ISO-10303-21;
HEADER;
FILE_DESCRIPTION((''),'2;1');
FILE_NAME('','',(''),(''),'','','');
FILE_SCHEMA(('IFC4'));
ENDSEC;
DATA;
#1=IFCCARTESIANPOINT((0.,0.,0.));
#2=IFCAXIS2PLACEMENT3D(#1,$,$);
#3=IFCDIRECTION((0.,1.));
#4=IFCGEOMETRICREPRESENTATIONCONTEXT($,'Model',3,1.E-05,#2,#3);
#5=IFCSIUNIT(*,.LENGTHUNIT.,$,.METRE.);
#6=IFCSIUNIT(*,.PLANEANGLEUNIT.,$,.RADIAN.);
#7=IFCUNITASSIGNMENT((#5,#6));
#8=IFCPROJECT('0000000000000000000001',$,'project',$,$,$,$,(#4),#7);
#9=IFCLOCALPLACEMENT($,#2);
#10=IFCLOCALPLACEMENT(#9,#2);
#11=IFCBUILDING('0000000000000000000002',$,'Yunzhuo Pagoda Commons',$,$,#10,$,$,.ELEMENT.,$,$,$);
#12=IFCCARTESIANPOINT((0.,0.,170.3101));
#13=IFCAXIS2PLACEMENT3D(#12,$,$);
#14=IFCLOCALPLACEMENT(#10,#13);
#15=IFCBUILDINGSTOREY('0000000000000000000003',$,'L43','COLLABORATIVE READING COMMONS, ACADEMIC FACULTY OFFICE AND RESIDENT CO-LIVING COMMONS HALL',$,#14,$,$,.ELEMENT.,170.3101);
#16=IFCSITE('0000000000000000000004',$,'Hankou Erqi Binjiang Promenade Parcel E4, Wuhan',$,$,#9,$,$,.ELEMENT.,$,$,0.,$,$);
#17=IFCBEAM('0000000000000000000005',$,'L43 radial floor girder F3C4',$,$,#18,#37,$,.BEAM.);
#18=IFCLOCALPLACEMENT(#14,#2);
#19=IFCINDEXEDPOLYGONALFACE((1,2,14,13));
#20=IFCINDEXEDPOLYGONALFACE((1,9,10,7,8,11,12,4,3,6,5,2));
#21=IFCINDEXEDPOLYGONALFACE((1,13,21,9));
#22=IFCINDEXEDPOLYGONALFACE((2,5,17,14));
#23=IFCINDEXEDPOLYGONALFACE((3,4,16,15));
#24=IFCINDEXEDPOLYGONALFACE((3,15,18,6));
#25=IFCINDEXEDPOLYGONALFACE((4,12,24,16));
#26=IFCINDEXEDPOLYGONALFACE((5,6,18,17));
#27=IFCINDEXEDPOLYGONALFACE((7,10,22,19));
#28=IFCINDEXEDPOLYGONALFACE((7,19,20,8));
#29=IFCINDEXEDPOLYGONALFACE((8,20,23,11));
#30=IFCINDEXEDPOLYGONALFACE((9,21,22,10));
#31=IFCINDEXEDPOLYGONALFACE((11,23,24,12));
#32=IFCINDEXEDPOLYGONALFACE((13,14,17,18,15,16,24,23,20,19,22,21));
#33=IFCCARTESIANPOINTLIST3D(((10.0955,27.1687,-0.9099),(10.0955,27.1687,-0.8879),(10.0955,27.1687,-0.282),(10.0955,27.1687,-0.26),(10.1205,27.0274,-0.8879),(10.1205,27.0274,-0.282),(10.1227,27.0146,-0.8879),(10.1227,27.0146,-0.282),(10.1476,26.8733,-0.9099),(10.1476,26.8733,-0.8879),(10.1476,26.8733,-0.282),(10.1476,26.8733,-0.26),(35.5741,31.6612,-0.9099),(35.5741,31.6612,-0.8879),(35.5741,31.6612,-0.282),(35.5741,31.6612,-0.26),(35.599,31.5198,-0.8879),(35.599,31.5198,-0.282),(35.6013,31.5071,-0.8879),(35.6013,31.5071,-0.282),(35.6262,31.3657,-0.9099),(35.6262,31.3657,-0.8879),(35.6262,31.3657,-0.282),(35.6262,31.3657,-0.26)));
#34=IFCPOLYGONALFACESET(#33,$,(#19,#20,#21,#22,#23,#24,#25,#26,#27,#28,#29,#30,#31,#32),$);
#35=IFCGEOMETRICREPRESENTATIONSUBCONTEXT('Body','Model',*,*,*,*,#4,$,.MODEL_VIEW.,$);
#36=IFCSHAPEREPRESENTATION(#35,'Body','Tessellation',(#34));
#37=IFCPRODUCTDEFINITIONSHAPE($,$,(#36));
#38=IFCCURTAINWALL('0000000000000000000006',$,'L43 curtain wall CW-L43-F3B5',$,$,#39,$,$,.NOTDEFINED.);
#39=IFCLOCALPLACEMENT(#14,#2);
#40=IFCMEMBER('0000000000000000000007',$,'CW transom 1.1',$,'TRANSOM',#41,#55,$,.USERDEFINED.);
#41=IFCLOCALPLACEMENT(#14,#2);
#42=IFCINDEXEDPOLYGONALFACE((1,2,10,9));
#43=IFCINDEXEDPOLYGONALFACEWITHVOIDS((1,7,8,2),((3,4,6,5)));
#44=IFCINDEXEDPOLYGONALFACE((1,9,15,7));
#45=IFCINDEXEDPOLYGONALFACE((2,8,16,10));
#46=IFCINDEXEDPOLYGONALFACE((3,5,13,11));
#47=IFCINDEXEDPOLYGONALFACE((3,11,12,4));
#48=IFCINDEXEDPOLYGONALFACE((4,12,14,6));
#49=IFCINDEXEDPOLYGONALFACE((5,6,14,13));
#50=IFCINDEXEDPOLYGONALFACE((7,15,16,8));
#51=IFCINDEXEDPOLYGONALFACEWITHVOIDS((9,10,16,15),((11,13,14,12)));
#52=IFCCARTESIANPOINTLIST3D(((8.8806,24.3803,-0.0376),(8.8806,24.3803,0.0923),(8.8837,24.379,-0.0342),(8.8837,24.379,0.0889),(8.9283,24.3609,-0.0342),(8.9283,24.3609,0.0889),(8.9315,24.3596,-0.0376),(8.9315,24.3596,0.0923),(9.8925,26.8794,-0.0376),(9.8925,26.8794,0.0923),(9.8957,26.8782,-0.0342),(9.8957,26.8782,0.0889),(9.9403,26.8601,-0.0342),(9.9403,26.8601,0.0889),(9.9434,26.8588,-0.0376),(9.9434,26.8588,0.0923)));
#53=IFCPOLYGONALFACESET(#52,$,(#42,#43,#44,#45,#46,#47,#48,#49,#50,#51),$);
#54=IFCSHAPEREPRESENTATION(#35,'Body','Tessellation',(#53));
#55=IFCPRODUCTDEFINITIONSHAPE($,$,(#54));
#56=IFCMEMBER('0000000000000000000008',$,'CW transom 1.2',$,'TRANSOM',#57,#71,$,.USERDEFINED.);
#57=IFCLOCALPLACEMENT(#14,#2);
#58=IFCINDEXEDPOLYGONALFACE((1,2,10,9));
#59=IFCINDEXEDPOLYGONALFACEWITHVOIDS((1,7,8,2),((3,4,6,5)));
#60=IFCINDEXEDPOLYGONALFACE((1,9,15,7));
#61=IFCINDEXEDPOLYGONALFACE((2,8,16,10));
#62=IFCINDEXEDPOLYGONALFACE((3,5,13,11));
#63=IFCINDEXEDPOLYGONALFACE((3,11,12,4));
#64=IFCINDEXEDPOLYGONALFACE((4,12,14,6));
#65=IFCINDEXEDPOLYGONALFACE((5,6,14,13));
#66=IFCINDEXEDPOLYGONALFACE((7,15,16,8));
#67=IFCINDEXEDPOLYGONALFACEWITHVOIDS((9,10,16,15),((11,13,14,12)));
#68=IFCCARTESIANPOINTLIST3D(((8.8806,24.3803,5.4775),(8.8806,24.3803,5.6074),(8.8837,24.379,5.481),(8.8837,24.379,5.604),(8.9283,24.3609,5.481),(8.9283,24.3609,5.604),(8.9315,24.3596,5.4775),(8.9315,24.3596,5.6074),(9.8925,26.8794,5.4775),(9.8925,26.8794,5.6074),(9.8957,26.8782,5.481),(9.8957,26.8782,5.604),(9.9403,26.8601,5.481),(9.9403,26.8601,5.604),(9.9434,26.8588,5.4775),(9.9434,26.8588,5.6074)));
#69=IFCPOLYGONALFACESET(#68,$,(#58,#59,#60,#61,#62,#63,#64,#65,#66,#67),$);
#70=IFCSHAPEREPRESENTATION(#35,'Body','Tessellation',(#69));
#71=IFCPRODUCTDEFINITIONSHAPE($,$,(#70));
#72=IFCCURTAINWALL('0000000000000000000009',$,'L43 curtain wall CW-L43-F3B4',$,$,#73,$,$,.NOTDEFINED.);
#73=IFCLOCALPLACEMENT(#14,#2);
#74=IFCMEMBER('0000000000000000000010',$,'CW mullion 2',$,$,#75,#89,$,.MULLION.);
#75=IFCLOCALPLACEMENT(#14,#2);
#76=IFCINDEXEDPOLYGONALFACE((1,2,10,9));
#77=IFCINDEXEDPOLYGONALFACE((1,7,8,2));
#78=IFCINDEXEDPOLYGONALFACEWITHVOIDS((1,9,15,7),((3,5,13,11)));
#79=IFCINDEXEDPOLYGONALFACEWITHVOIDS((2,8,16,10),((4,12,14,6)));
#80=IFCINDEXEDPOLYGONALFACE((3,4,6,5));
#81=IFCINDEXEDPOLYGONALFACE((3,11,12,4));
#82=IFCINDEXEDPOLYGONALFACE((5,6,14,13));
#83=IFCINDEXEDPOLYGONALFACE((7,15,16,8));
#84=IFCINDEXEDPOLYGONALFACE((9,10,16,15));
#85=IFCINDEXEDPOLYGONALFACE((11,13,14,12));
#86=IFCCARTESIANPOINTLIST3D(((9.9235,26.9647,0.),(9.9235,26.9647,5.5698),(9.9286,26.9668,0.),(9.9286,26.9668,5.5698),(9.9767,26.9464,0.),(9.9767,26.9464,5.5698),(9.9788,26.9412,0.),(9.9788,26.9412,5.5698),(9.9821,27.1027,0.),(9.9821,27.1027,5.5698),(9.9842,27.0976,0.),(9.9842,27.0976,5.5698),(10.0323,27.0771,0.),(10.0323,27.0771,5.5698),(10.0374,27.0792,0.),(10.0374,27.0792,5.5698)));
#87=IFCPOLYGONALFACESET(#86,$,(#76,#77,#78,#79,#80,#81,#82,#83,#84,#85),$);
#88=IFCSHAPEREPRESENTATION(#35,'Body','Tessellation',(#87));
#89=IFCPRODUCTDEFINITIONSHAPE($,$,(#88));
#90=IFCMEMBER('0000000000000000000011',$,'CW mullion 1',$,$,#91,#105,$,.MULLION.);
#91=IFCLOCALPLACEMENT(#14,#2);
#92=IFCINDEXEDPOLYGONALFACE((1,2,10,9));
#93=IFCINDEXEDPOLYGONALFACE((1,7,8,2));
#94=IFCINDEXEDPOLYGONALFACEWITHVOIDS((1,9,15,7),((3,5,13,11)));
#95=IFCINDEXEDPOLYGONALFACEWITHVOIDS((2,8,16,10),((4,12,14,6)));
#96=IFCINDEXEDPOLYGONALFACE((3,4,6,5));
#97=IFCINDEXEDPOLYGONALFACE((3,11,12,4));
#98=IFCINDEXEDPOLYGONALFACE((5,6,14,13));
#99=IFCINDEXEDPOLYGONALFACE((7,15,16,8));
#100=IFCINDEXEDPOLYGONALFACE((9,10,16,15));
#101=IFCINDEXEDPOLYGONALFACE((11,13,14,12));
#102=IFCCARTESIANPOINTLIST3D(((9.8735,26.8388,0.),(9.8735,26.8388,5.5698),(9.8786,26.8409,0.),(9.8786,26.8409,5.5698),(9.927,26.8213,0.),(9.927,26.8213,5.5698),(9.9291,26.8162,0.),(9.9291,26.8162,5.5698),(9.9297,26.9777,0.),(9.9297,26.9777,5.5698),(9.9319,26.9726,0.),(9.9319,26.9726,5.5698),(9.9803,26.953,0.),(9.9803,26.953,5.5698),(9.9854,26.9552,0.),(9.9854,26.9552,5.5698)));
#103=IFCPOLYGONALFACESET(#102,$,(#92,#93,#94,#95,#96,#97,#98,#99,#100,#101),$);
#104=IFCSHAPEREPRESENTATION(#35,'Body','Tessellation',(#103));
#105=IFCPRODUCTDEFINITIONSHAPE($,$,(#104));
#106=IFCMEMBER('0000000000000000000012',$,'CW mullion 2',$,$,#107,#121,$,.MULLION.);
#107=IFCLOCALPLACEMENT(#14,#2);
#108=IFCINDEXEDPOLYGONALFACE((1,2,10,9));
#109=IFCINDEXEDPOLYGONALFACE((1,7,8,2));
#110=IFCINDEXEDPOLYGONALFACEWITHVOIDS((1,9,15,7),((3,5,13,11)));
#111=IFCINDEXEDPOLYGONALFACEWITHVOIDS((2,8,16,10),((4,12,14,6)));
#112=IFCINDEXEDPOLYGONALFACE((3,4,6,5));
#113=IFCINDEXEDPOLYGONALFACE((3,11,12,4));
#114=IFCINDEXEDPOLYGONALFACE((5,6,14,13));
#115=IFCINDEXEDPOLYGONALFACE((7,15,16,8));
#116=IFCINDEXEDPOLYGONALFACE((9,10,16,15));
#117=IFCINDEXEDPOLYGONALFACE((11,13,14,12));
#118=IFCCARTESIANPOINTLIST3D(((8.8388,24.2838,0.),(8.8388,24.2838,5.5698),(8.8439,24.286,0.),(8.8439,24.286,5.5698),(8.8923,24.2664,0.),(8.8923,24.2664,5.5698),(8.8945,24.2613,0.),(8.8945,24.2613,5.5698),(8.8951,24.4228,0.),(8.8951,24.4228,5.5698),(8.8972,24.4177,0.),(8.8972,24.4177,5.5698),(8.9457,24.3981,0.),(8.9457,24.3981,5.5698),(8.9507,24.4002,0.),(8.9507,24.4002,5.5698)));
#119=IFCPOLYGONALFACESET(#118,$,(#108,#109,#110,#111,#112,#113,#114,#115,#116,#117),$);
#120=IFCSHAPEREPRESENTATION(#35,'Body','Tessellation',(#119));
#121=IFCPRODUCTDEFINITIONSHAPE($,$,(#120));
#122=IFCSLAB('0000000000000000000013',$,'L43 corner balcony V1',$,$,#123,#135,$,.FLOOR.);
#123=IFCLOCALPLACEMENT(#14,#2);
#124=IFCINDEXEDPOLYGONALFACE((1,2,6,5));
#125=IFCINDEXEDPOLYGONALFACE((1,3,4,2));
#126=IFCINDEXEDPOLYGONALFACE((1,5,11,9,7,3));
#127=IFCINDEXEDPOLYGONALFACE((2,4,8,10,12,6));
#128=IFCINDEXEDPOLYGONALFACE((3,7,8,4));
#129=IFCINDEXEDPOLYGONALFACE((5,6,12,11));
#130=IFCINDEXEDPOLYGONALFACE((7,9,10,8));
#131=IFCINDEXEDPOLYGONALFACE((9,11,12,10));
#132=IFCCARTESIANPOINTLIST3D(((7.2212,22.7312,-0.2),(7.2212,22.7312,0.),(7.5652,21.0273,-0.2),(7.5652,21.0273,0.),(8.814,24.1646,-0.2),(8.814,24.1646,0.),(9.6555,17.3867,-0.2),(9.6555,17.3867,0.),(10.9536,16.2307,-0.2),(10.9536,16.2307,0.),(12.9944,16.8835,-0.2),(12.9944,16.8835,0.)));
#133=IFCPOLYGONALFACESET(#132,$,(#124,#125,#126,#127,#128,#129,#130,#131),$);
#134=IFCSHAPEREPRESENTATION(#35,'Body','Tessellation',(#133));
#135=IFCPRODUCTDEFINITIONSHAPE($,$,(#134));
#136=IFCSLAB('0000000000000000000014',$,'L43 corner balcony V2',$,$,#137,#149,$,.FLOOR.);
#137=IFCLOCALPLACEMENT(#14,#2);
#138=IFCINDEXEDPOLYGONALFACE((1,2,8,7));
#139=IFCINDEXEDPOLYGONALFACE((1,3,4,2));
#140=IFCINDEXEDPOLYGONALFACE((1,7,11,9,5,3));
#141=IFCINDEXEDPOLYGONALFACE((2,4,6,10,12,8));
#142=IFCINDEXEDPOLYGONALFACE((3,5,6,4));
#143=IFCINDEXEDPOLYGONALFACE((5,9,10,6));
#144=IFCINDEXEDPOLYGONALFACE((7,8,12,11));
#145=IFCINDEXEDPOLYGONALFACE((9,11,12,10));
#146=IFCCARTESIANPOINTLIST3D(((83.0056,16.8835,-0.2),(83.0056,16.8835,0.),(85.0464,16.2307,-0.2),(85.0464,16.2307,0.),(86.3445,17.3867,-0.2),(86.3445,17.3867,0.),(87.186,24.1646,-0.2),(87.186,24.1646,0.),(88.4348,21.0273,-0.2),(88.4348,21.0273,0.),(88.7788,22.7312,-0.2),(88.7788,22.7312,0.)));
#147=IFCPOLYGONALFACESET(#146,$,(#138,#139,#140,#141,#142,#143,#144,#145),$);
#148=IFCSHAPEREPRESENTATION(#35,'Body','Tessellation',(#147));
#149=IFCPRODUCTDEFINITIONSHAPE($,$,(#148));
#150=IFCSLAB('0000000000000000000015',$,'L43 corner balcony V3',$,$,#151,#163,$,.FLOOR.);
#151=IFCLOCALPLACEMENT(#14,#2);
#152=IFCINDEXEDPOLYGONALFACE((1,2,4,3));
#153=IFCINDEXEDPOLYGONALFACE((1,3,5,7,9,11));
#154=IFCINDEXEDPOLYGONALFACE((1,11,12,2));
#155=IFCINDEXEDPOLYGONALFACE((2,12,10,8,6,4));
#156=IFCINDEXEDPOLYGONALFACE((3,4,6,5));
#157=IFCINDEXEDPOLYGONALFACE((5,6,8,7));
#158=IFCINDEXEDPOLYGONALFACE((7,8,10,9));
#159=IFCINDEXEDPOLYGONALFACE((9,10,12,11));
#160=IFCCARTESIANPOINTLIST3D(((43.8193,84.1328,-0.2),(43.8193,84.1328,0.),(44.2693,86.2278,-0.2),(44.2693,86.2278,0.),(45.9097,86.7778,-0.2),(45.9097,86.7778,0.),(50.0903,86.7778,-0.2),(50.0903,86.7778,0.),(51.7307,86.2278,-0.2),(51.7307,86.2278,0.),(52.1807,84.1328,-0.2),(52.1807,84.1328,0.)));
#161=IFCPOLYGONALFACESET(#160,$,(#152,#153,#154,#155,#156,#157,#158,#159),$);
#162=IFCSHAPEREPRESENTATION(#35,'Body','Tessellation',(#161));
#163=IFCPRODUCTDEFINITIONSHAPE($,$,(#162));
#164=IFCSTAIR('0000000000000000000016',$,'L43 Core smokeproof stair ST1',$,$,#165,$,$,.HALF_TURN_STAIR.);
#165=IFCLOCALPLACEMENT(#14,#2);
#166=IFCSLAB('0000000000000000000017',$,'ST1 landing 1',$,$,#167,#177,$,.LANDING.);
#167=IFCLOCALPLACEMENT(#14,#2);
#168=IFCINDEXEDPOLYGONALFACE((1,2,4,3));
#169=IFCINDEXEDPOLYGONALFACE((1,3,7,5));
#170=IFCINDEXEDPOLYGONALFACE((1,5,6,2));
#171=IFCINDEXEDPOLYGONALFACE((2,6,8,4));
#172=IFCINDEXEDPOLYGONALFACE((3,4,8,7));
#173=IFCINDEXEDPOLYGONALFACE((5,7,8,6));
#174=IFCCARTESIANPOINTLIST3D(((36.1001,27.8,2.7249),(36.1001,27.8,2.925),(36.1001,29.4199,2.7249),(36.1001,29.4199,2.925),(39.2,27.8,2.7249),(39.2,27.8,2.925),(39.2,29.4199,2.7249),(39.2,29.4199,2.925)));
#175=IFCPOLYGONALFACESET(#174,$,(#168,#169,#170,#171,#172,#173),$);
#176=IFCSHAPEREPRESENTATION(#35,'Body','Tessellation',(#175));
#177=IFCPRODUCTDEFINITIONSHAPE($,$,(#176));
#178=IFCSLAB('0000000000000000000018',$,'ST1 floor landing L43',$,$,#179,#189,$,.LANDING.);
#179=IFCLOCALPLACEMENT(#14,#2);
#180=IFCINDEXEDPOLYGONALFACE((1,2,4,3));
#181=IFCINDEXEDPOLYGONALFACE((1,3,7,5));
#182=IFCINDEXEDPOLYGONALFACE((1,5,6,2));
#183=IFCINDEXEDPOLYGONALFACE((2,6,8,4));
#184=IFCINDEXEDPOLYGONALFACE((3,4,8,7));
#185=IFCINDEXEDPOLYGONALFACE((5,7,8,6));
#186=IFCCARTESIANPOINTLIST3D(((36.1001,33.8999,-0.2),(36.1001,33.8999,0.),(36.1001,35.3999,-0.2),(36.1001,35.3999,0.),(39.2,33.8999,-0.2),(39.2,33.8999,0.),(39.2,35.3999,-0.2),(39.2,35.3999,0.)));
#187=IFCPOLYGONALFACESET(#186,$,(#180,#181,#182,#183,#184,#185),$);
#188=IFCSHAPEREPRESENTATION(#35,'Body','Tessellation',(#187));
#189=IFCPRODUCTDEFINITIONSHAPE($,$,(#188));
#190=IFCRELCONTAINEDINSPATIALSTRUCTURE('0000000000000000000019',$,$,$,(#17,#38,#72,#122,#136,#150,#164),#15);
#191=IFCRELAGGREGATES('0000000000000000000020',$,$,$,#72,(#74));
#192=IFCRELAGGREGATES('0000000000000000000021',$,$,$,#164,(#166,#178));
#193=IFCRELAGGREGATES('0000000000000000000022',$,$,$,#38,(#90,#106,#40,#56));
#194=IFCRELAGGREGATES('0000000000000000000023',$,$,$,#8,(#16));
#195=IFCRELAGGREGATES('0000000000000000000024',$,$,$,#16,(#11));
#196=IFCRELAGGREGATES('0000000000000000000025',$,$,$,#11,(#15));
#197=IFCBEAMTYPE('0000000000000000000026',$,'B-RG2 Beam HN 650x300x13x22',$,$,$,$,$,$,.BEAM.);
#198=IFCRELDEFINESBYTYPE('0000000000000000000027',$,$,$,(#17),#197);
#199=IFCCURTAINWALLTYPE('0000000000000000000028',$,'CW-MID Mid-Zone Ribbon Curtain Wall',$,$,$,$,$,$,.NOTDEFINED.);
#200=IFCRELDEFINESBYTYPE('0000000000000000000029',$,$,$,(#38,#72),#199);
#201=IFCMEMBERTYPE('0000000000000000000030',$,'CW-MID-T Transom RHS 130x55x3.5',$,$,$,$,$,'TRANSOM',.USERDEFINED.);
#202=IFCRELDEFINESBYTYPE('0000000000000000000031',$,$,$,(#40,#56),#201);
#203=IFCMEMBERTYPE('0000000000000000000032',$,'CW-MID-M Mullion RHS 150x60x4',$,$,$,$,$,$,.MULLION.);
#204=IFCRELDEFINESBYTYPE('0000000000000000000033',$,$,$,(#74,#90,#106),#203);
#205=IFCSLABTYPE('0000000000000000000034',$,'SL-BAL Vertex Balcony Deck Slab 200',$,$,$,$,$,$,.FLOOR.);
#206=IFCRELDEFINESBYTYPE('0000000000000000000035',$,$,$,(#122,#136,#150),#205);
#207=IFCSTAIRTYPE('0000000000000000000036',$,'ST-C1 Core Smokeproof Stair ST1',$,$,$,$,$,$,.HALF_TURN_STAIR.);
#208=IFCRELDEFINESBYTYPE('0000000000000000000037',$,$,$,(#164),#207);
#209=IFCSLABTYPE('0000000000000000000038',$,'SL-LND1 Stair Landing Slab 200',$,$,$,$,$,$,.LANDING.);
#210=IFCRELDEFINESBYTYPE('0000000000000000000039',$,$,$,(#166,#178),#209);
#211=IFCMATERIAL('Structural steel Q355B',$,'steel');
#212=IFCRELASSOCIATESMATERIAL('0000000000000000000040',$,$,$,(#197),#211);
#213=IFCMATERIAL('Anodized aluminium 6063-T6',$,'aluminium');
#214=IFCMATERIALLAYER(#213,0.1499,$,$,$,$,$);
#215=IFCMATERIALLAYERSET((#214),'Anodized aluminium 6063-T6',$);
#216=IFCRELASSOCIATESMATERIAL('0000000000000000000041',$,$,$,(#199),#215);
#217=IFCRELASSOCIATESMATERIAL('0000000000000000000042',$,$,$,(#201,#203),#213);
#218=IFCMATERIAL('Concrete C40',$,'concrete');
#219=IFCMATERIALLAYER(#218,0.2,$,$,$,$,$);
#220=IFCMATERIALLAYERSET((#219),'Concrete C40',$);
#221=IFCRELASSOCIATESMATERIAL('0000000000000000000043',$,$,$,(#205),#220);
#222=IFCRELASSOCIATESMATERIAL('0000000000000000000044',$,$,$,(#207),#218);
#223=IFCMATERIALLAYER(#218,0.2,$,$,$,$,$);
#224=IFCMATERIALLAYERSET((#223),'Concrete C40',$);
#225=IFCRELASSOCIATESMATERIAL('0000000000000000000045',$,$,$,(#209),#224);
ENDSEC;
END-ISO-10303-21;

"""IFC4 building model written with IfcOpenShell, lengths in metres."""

from ifc_helpers import new_model, si_unit, direction, frame, origin, origin_2d, place, context, subcontext, project, spatial, polyline, hollow_rectangle, i_section, outline, extrude, source, transform, mapped, material, layer, layer_set, material_profile, profile_set, type_object, element, aggregate, save


model = new_model("IFC4")

# Units and contexts
model_context = context("Model", 3, precision=1e-05, world=origin(), true_north=direction((0.0, 1.0)))
body_context = subcontext(model_context, "Body", "Model", "MODEL_VIEW")
ifc_project = project(units=[si_unit("LENGTHUNIT", "METRE"), si_unit("PLANEANGLEUNIT", "RADIAN")], contexts=[model_context])

# Site, building, storey
site_placement = place(None, origin())
site = spatial("IfcSite", under=ifc_project, at=site_placement, Name="Hankou Erqi Binjiang Promenade Parcel E4, Wuhan", CompositionType="ELEMENT", RefElevation=0.0)
building_placement = place(site_placement, origin())
building = spatial("IfcBuilding", under=site, at=building_placement, Name="Yunzhuo Pagoda Commons", CompositionType="ELEMENT")
storey_placement = place(building_placement, frame((0.0, 0.0, 170.3101)))
storey = spatial("IfcBuildingStorey", under=building, at=storey_placement, Name="L43", Description="COLLABORATIVE READING COMMONS, ACADEMIC FACULTY OFFICE AND RESIDENT CO-LIVING COMMONS HALL", CompositionType="ELEMENT", Elevation=170.3101)

# Beam
ifc_material_1 = material(Name="Structural steel Q355B", Category="steel")
ifc_material_profile_1 = material_profile(ifc_material_1, i_section(OverallWidth=0.3, OverallDepth=0.6499, WebThickness=0.0129, FlangeThickness=0.022, at=origin_2d()), Name="Structural steel Q355B")
ifc_profile_set_1 = profile_set([ifc_material_profile_1], Name="Structural steel Q355B")
beam_type = type_object("IfcBeamType", Name="B-RG2 Beam HN 650x300x13x22", PredefinedType="BEAM", material=ifc_profile_set_1)
shared_shape_1 = source(origin(), body_context, "Body", "SweptSolid", [
    extrude(i_section(OverallWidth=0.3, OverallDepth=0.6499, WebThickness=0.0129, FlangeThickness=0.022, at=origin_2d()), origin(), (0.0, 0.0, 1.0), 25.8716),
])
beam_placement = place(storey_placement, frame((10.1216, 27.021, -0.585), z_axis=(0.984809, 0.173644, 0.0), x_axis=(-0.173644, 0.984809, 0.0)))
element("IfcBeam", 1, at=beam_placement, inside=storey, type_object=beam_type, Name="L43 radial floor girder F3C4", PredefinedType="BEAM", context=body_context, shape_type="MappedRepresentation", body=[
    mapped(shared_shape_1, transform((0.0, 0.0, 0.0), scale=1.0)),
])

# Curtain wall, members
ifc_material_2 = material(Name="Anodized aluminium 6063-T6", Category="aluminium")
ifc_layer_1 = layer(ifc_material_2, 0.1499)
ifc_layer_set_1 = layer_set([ifc_layer_1], Name="Anodized aluminium 6063-T6")
curtain_wall_type = type_object("IfcCurtainWallType", Name="CW-MID Mid-Zone Ribbon Curtain Wall", PredefinedType="NOTDEFINED", material=ifc_layer_set_1)
curtain_wall_1_placement = place(storey_placement, origin())
curtain_wall_1 = element("IfcCurtainWall", 2, at=curtain_wall_1_placement, inside=storey, type_object=curtain_wall_type, Name="L43 curtain wall CW-L43-F3B5", PredefinedType="NOTDEFINED")
ifc_material_profile_2 = material_profile(ifc_material_2, hollow_rectangle(XDim=0.0549, YDim=0.1299, WallThickness=0.0034, at=origin_2d()), Name="Anodized aluminium 6063-T6")
ifc_profile_set_2 = profile_set([ifc_material_profile_2], Name="Anodized aluminium 6063-T6")
member_type_1 = type_object("IfcMemberType", Name="CW-MID-T Transom RHS 130x55x3.5", ElementType="TRANSOM", PredefinedType="USERDEFINED", material=ifc_profile_set_2)
shared_shape_2 = source(origin(), body_context, "Body", "SweptSolid", [
    extrude(hollow_rectangle(XDim=0.0549, YDim=0.1299, WallThickness=0.0034, at=origin_2d()), origin(), (0.0, 0.0, 1.0), 2.6963),
])
member_1_placement = place(storey_placement, frame((9.918, 26.8691, 0.0273), z_axis=(-0.375306, -0.926901, 0.0), x_axis=(0.926901, -0.375306, 0.0)))
member_1 = element("IfcMember", 3, at=member_1_placement, type_object=member_type_1, Name="CW transom 1.1", ObjectType="TRANSOM", PredefinedType="USERDEFINED", context=body_context, shape_type="MappedRepresentation", body=[
    mapped(shared_shape_2, transform((0.0, 0.0, 0.0), scale=1.0)),
])
member_2_placement = place(storey_placement, frame((9.918, 26.8691, 5.5425), z_axis=(-0.375306, -0.926901, 0.0), x_axis=(0.926901, -0.375306, 0.0)))
member_2 = element("IfcMember", 4, at=member_2_placement, type_object=member_type_1, Name="CW transom 1.2", ObjectType="TRANSOM", PredefinedType="USERDEFINED", context=body_context, shape_type="MappedRepresentation", body=[
    mapped(shared_shape_2, transform((0.0, 0.0, 0.0), scale=1.0)),
])

# Curtain wall, member
curtain_wall_2_placement = place(storey_placement, origin())
curtain_wall_2 = element("IfcCurtainWall", 5, at=curtain_wall_2_placement, inside=storey, type_object=curtain_wall_type, Name="L43 curtain wall CW-L43-F3B4", PredefinedType="NOTDEFINED")
ifc_material_profile_3 = material_profile(ifc_material_2, hollow_rectangle(XDim=0.0601, YDim=0.1499, WallThickness=0.0039, at=origin_2d()), Name="Anodized aluminium 6063-T6")
ifc_profile_set_3 = profile_set([ifc_material_profile_3], Name="Anodized aluminium 6063-T6")
member_type_2 = type_object("IfcMemberType", Name="CW-MID-M Mullion RHS 150x60x4", PredefinedType="MULLION", material=ifc_profile_set_3)
shared_shape_3 = source(origin(), body_context, "Body", "SweptSolid", [
    extrude(hollow_rectangle(XDim=0.0601, YDim=0.1499, WallThickness=0.0039, at=origin_2d()), origin(), (0.0, 0.0, 1.0), 5.5698),
])
member_3_placement = place(storey_placement, frame((9.9805, 27.022, 0.0), z_axis=(0.0, 0.0, 1.0), x_axis=(0.920364, -0.391063, 0.0)))
member_3 = element("IfcMember", 6, at=member_3_placement, type_object=member_type_2, Name="CW mullion 2", PredefinedType="MULLION", context=body_context, shape_type="MappedRepresentation", body=[
    mapped(shared_shape_3, transform((0.0, 0.0, 0.0), scale=1.0)),
])
aggregate(curtain_wall_2, [member_3])

# Members
member_4_placement = place(storey_placement, frame((9.9294, 26.897, 0.0), z_axis=(0.0, 0.0, 1.0), x_axis=(0.926896, -0.375318, 0.0)))
member_4 = element("IfcMember", 7, at=member_4_placement, type_object=member_type_2, Name="CW mullion 1", PredefinedType="MULLION", context=body_context, shape_type="MappedRepresentation", body=[
    mapped(shared_shape_3, transform((0.0, 0.0, 0.0), scale=1.0)),
])
member_5_placement = place(storey_placement, frame((8.8948, 24.342, 0.0), z_axis=(0.0, 0.0, 1.0), x_axis=(0.926896, -0.375318, 0.0)))
member_5 = element("IfcMember", 8, at=member_5_placement, type_object=member_type_2, Name="CW mullion 2", PredefinedType="MULLION", context=body_context, shape_type="MappedRepresentation", body=[
    mapped(shared_shape_3, transform((0.0, 0.0, 0.0), scale=1.0)),
])

# Slabs
ifc_material_3 = material(Name="Concrete C40", Category="concrete")
ifc_layer_2 = layer(ifc_material_3, 0.2)
ifc_layer_set_2 = layer_set([ifc_layer_2], Name="Concrete C40")
slab_type_1 = type_object("IfcSlabType", Name="SL-BAL Vertex Balcony Deck Slab 200", PredefinedType="FLOOR", material=ifc_layer_set_2)
slab_1_placement = place(storey_placement, frame((0.0, 0.0, -0.2)))
element("IfcSlab", 9, at=slab_1_placement, inside=storey, type_object=slab_type_1, Name="L43 corner balcony V1", PredefinedType="FLOOR", context=body_context, shape_type="SweptSolid", body=[
    extrude(outline(polyline([(8.814, 24.1646), (12.9944, 16.8835), (10.9536, 16.2307), (9.6555, 17.3867), (7.5652, 21.0273), (7.2212, 22.7312), (8.814, 24.1646)])), origin(), (0.0, 0.0, 1.0), 0.2),
])
slab_2_placement = place(storey_placement, frame((0.0, 0.0, -0.2)))
element("IfcSlab", 10, at=slab_2_placement, inside=storey, type_object=slab_type_1, Name="L43 corner balcony V2", PredefinedType="FLOOR", context=body_context, shape_type="SweptSolid", body=[
    extrude(outline(polyline([(83.0056, 16.8835), (87.186, 24.1646), (88.7788, 22.7312), (88.4348, 21.0273), (86.3445, 17.3867), (85.0464, 16.2307), (83.0056, 16.8835)])), origin(), (0.0, 0.0, 1.0), 0.2),
])
slab_3_placement = place(storey_placement, frame((0.0, 0.0, -0.2)))
element("IfcSlab", 11, at=slab_3_placement, inside=storey, type_object=slab_type_1, Name="L43 corner balcony V3", PredefinedType="FLOOR", context=body_context, shape_type="SweptSolid", body=[
    extrude(outline(polyline([(52.1807, 84.1328), (43.8193, 84.1328), (44.2693, 86.2278), (45.9097, 86.7778), (50.0903, 86.7778), (51.7307, 86.2278), (52.1807, 84.1328)])), origin(), (0.0, 0.0, 1.0), 0.2),
])

# Stair, slabs
stair_type_1 = type_object("IfcStairType", Name="ST-C1 Core Smokeproof Stair ST1", PredefinedType="HALF_TURN_STAIR", material=ifc_material_3)
stair_1_placement = place(storey_placement, origin())
stair_1 = element("IfcStair", 12, at=stair_1_placement, inside=storey, type_object=stair_type_1, Name="L43 Core smokeproof stair ST1", PredefinedType="HALF_TURN_STAIR")
ifc_layer_3 = layer(ifc_material_3, 0.2)
ifc_layer_set_3 = layer_set([ifc_layer_3], Name="Concrete C40")
slab_type_2 = type_object("IfcSlabType", Name="SL-LND1 Stair Landing Slab 200", PredefinedType="LANDING", material=ifc_layer_set_3)
slab_4_placement = place(storey_placement, frame((0.0, 0.0, 2.7249)))
slab_4 = element("IfcSlab", 13, at=slab_4_placement, type_object=slab_type_2, Name="ST1 landing 1", PredefinedType="LANDING", context=body_context, shape_type="SweptSolid", body=[
    extrude(outline(polyline([(36.1001, 29.4199), (36.1001, 27.8), (39.2, 27.8), (39.2, 29.4199), (36.1001, 29.4199)])), origin(), (0.0, 0.0, 1.0), 0.2002),
])
slab_5_placement = place(storey_placement, frame((0.0, 0.0, -0.2)))
slab_5 = element("IfcSlab", 14, at=slab_5_placement, type_object=slab_type_2, Name="ST1 floor landing L43", PredefinedType="LANDING", context=body_context, shape_type="SweptSolid", body=[
    extrude(outline(polyline([(36.1001, 35.3999), (36.1001, 33.8999), (39.2, 33.8999), (39.2, 35.3999), (36.1001, 35.3999)])), origin(), (0.0, 0.0, 1.0), 0.2),
])
aggregate(stair_1, [slab_4, slab_5])

aggregate(curtain_wall_1, [member_4, member_5, member_1, member_2])

save(model, "model.ifc")
